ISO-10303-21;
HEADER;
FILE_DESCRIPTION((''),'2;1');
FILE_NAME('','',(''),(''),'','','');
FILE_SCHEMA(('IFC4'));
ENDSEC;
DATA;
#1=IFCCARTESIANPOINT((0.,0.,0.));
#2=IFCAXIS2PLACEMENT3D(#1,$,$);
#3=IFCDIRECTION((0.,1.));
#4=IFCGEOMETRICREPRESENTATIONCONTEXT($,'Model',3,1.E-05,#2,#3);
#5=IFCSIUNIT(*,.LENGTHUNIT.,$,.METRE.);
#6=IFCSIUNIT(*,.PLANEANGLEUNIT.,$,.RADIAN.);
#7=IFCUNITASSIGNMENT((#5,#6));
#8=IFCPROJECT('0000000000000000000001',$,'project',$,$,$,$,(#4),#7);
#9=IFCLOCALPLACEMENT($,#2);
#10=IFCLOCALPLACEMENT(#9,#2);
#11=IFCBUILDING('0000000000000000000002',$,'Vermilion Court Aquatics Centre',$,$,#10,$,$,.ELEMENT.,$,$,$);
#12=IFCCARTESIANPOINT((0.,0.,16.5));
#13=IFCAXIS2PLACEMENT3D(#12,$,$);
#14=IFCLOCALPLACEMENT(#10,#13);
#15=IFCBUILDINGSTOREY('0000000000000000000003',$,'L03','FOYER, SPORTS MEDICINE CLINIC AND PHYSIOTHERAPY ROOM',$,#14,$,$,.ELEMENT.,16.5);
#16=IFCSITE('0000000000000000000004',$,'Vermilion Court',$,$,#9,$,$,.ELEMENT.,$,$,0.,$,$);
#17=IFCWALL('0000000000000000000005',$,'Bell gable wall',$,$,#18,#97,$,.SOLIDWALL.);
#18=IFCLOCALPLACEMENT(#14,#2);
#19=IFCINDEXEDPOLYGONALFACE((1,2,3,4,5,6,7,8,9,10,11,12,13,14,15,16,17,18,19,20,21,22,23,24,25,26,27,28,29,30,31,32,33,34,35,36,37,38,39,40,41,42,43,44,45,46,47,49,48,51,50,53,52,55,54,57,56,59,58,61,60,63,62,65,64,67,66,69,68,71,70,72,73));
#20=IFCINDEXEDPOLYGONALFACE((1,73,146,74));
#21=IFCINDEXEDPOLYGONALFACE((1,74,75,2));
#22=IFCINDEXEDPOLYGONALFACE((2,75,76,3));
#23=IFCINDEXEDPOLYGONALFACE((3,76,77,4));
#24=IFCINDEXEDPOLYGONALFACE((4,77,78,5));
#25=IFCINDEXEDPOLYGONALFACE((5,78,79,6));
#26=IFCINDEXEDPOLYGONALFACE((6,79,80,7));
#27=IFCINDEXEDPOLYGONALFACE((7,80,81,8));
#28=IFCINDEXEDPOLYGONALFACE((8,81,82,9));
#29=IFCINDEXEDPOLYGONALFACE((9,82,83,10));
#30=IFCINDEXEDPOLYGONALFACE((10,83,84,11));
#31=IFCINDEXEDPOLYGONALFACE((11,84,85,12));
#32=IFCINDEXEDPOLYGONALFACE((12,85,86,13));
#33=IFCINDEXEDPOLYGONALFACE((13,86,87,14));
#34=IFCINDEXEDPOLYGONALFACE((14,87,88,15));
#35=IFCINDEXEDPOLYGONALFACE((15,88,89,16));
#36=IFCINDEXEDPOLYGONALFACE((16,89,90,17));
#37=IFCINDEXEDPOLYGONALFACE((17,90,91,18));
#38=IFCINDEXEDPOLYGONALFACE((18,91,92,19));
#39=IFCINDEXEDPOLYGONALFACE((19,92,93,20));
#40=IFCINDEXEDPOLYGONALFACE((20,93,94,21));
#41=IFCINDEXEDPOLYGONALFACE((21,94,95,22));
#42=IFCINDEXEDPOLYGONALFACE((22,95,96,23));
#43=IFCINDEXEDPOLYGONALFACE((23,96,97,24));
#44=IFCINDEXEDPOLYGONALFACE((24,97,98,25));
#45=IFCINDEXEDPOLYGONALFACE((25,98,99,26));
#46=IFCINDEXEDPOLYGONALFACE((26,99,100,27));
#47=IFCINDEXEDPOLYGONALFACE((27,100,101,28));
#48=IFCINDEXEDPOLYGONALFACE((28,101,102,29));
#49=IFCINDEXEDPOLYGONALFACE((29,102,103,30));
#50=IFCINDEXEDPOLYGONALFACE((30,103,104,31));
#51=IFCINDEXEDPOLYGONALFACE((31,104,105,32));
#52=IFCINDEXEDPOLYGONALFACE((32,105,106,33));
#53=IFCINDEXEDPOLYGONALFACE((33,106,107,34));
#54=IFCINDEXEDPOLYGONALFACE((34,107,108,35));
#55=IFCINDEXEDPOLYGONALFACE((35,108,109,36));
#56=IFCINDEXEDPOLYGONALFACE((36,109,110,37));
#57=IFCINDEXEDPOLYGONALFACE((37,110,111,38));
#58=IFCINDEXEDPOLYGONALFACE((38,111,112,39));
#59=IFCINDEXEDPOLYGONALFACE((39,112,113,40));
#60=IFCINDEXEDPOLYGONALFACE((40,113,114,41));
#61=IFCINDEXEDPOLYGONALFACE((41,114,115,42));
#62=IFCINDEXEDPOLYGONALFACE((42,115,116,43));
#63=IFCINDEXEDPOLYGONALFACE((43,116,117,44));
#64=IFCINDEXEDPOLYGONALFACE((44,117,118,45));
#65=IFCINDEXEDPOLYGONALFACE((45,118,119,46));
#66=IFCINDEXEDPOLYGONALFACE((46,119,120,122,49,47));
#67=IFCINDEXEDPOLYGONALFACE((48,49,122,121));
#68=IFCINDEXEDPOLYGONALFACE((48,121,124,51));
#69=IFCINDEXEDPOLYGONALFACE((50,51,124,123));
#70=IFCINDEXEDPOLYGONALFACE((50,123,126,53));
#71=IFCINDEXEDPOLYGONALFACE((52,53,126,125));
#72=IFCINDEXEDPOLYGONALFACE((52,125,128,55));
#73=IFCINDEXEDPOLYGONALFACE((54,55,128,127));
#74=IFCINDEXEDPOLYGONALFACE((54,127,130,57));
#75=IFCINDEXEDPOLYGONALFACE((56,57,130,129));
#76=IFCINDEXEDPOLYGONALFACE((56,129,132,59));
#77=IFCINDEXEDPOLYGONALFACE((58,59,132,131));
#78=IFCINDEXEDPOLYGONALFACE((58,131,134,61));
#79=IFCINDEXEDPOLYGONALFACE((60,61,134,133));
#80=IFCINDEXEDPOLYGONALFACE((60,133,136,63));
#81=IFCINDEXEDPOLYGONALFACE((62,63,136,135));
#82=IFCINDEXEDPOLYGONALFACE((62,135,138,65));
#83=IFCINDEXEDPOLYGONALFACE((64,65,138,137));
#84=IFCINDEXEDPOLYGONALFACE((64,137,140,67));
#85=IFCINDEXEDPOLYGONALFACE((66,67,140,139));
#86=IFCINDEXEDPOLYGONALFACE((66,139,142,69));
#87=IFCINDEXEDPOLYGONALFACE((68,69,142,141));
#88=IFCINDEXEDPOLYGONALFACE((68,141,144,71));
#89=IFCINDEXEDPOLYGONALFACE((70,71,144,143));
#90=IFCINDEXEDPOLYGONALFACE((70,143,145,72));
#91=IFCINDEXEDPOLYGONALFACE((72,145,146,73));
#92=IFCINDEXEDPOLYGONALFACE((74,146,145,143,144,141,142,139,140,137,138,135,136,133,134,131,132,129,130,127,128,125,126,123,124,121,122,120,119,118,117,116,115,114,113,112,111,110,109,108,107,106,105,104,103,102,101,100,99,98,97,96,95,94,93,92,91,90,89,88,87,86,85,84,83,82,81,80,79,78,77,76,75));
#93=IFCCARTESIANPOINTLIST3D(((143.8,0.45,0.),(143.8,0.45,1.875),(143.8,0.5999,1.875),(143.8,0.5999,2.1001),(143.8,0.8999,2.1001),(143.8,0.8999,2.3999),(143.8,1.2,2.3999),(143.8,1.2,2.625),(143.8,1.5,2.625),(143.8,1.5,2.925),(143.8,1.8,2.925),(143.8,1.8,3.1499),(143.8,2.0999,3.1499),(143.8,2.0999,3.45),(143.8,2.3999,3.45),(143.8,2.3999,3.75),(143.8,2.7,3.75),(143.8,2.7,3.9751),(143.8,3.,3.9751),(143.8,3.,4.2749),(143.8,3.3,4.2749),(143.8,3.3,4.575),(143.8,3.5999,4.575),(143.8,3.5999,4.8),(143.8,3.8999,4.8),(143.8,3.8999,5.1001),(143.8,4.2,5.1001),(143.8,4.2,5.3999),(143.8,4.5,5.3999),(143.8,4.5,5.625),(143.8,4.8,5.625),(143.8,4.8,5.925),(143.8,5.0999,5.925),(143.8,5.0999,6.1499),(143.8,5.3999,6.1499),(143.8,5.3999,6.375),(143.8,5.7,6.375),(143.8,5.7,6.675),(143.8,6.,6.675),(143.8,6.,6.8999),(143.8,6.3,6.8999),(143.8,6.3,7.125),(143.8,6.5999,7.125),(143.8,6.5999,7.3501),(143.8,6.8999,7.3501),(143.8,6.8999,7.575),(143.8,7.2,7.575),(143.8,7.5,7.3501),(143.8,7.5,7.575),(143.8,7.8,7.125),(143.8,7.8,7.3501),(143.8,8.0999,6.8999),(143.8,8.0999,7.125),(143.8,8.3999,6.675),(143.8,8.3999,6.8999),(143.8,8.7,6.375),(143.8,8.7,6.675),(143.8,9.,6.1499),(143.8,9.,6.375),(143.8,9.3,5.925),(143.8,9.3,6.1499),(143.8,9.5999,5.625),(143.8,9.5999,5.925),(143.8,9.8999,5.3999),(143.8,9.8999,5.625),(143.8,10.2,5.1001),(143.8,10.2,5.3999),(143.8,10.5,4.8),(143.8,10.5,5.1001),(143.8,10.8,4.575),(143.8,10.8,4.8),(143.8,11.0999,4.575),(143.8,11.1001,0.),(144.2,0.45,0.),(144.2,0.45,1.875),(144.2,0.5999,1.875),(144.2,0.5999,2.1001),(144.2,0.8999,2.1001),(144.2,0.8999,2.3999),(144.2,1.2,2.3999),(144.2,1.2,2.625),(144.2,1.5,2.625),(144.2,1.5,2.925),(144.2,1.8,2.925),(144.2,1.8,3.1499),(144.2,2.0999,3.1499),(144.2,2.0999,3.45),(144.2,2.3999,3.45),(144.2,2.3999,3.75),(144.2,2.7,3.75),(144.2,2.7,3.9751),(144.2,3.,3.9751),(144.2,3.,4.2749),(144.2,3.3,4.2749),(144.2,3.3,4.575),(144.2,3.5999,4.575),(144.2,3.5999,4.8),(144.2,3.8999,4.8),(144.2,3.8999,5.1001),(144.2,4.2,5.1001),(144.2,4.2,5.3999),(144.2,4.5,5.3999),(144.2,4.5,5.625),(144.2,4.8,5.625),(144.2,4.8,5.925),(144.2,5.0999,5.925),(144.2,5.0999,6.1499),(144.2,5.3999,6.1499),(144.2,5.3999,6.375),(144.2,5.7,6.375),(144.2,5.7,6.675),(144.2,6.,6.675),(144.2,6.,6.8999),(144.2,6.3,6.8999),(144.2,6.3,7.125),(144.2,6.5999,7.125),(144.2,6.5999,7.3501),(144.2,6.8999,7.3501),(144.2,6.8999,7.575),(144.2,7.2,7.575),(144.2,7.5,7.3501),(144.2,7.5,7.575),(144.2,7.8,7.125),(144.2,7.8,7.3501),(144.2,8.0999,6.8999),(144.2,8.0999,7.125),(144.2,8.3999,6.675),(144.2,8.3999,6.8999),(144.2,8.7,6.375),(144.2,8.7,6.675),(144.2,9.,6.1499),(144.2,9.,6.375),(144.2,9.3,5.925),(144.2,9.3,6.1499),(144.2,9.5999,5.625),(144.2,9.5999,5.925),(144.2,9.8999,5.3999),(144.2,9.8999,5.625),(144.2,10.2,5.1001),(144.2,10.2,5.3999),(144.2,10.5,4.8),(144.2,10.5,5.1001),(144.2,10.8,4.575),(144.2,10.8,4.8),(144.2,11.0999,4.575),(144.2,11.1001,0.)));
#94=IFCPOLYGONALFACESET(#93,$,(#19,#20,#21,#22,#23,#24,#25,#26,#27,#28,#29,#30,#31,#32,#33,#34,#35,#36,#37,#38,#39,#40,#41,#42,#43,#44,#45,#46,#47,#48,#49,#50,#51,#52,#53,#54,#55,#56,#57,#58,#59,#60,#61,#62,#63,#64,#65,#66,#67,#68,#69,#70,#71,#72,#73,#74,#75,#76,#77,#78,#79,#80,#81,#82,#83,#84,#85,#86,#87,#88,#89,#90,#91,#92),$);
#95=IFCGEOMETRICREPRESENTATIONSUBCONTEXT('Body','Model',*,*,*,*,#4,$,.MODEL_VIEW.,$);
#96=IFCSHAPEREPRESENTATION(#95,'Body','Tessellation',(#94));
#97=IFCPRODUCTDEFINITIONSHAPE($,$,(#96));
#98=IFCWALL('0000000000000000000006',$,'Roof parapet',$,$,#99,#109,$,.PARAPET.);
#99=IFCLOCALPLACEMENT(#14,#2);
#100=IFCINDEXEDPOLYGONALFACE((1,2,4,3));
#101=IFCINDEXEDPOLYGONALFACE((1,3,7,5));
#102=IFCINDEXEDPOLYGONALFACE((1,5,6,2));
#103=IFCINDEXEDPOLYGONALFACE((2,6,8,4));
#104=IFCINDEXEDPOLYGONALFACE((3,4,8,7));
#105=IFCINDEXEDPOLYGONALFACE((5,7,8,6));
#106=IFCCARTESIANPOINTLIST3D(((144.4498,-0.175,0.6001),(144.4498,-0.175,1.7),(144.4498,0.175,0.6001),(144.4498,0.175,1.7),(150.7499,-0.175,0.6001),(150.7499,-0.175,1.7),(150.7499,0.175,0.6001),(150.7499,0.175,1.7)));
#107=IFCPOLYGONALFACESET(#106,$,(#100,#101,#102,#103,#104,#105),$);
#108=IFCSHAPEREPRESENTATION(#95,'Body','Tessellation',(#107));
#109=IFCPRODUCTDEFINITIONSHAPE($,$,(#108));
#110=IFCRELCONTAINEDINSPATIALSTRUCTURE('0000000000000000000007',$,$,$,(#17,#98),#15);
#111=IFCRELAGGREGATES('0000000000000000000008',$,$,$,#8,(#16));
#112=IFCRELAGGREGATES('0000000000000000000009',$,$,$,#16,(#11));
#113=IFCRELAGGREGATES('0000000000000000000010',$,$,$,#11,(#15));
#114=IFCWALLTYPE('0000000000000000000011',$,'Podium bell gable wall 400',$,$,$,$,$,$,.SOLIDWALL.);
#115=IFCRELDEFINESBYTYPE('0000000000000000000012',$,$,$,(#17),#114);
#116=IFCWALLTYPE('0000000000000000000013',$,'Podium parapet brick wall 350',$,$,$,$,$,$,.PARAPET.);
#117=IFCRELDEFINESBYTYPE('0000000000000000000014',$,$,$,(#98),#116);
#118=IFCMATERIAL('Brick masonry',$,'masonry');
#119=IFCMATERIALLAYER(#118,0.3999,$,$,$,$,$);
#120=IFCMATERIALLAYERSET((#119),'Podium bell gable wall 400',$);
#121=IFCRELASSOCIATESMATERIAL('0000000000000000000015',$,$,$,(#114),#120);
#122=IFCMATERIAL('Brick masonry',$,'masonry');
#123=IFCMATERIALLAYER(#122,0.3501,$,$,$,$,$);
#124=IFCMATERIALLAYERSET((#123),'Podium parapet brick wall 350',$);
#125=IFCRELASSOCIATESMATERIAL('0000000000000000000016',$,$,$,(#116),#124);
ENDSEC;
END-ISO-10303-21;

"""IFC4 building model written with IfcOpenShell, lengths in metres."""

from ifc_helpers import new_model, si_unit, direction, frame, frame_2d, origin, place, context, subcontext, project, spatial, polyline, rectangle, outline, extrude, material, layer, layer_set, type_object, element, save


model = new_model("IFC4")

# Units and contexts
model_context = context("Model", 3, precision=1e-05, world=origin(), true_north=direction((0.0, 1.0)))
body_context = subcontext(model_context, "Body", "Model", "MODEL_VIEW")
ifc_project = project(units=[si_unit("LENGTHUNIT", "METRE"), si_unit("PLANEANGLEUNIT", "RADIAN")], contexts=[model_context])

# Site, building, storey
site_placement = place(None, origin())
site = spatial("IfcSite", under=ifc_project, at=site_placement, Name="Vermilion Court", CompositionType="ELEMENT", RefElevation=0.0)
building_placement = place(site_placement, origin())
building = spatial("IfcBuilding", under=site, at=building_placement, Name="Vermilion Court Aquatics Centre", CompositionType="ELEMENT")
storey_placement = place(building_placement, frame((0.0, 0.0, 16.5)))
storey = spatial("IfcBuildingStorey", under=building, at=storey_placement, Name="L03", Description="FOYER, SPORTS MEDICINE CLINIC AND PHYSIOTHERAPY ROOM", CompositionType="ELEMENT", Elevation=16.5)

# Walls
ifc_material_1 = material(Name="Brick masonry", Category="masonry")
ifc_layer_1 = layer(ifc_material_1, 0.3999)
ifc_layer_set_1 = layer_set([ifc_layer_1], Name="Podium bell gable wall 400")
wall_type_1 = type_object("IfcWallType", Name="Podium bell gable wall 400", PredefinedType="SOLIDWALL", material=ifc_layer_set_1)
wall_1_placement = place(storey_placement, frame((144.0, 0.45, 0.0), z_axis=(0.0, 0.0, 1.0), x_axis=(0.0, 1.0, 0.0)))
element("IfcWall", 1, at=wall_1_placement, inside=storey, type_object=wall_type_1, Name="Bell gable wall", PredefinedType="SOLIDWALL", context=body_context, shape_type="SweptSolid", body=[
    extrude(outline(polyline([(0.0, 0.0), (10.6501, 0.0), (10.6499, 4.575), (10.3501, 4.575), (10.3501, 4.8), (10.05, 4.8), (10.05, 5.1001), (9.75, 5.1001), (9.75, 5.3999), (9.45, 5.3999), (9.45, 5.625), (9.1499, 5.625), (9.1499, 5.925), (8.8501, 5.925), (8.8501, 6.1499), (8.55, 6.1499), (8.55, 6.375), (8.25, 6.375), (8.25, 6.675), (7.95, 6.675), (7.95, 6.8999), (7.6499, 6.8999), (7.6499, 7.125), (7.3501, 7.125), (7.3501, 7.3501), (7.05, 7.3501), (7.05, 7.575), (6.75, 7.575), (6.75, 7.575), (6.45, 7.575), (6.45, 7.3501), (6.1499, 7.3501), (6.1499, 7.125), (5.8501, 7.125), (5.8501, 6.8999), (5.55, 6.8999), (5.55, 6.675), (5.25, 6.675), (5.25, 6.375), (4.95, 6.375), (4.95, 6.1499), (4.6499, 6.1499), (4.6499, 5.925), (4.3501, 5.925), (4.3501, 5.625), (4.05, 5.625), (4.05, 5.3999), (3.75, 5.3999), (3.75, 5.1001), (3.45, 5.1001), (3.45, 4.8), (3.1499, 4.8), (3.1499, 4.575), (2.8501, 4.575), (2.8501, 4.2749), (2.55, 4.2749), (2.55, 3.9751), (2.25, 3.9751), (2.25, 3.75), (1.95, 3.75), (1.95, 3.45), (1.6499, 3.45), (1.6499, 3.1499), (1.3501, 3.1499), (1.3501, 2.925), (1.05, 2.925), (1.05, 2.625), (0.75, 2.625), (0.75, 2.3999), (0.45, 2.3999), (0.45, 2.1001), (0.1499, 2.1001), (0.1499, 1.875), (0.0, 1.875), (0.0, 0.0)])), frame((0.0, 0.2, 0.0), z_axis=(0.0, -1.0, 0.0), x_axis=(1.0, 0.0, 0.0)), (0.0, 0.0, 1.0), 0.3999),
])
ifc_material_2 = material(Name="Brick masonry", Category="masonry")
ifc_layer_2 = layer(ifc_material_2, 0.3501)
ifc_layer_set_2 = layer_set([ifc_layer_2], Name="Podium parapet brick wall 350")
wall_type_2 = type_object("IfcWallType", Name="Podium parapet brick wall 350", PredefinedType="PARAPET", material=ifc_layer_set_2)
wall_2_placement = place(storey_placement, frame((144.45, 0.0, 0.6001), z_axis=(0.0, 0.0, 1.0), x_axis=(1.0, 0.0, 0.0)))
element("IfcWall", 2, at=wall_2_placement, inside=storey, type_object=wall_type_2, Name="Roof parapet", PredefinedType="PARAPET", context=body_context, shape_type="SweptSolid", body=[
    extrude(rectangle(XDim=6.3, YDim=0.3501, at=frame_2d((3.1499, 0.0))), origin(), (0.0, 0.0, 1.0), 1.0999),
])

save(model, "model.ifc")
